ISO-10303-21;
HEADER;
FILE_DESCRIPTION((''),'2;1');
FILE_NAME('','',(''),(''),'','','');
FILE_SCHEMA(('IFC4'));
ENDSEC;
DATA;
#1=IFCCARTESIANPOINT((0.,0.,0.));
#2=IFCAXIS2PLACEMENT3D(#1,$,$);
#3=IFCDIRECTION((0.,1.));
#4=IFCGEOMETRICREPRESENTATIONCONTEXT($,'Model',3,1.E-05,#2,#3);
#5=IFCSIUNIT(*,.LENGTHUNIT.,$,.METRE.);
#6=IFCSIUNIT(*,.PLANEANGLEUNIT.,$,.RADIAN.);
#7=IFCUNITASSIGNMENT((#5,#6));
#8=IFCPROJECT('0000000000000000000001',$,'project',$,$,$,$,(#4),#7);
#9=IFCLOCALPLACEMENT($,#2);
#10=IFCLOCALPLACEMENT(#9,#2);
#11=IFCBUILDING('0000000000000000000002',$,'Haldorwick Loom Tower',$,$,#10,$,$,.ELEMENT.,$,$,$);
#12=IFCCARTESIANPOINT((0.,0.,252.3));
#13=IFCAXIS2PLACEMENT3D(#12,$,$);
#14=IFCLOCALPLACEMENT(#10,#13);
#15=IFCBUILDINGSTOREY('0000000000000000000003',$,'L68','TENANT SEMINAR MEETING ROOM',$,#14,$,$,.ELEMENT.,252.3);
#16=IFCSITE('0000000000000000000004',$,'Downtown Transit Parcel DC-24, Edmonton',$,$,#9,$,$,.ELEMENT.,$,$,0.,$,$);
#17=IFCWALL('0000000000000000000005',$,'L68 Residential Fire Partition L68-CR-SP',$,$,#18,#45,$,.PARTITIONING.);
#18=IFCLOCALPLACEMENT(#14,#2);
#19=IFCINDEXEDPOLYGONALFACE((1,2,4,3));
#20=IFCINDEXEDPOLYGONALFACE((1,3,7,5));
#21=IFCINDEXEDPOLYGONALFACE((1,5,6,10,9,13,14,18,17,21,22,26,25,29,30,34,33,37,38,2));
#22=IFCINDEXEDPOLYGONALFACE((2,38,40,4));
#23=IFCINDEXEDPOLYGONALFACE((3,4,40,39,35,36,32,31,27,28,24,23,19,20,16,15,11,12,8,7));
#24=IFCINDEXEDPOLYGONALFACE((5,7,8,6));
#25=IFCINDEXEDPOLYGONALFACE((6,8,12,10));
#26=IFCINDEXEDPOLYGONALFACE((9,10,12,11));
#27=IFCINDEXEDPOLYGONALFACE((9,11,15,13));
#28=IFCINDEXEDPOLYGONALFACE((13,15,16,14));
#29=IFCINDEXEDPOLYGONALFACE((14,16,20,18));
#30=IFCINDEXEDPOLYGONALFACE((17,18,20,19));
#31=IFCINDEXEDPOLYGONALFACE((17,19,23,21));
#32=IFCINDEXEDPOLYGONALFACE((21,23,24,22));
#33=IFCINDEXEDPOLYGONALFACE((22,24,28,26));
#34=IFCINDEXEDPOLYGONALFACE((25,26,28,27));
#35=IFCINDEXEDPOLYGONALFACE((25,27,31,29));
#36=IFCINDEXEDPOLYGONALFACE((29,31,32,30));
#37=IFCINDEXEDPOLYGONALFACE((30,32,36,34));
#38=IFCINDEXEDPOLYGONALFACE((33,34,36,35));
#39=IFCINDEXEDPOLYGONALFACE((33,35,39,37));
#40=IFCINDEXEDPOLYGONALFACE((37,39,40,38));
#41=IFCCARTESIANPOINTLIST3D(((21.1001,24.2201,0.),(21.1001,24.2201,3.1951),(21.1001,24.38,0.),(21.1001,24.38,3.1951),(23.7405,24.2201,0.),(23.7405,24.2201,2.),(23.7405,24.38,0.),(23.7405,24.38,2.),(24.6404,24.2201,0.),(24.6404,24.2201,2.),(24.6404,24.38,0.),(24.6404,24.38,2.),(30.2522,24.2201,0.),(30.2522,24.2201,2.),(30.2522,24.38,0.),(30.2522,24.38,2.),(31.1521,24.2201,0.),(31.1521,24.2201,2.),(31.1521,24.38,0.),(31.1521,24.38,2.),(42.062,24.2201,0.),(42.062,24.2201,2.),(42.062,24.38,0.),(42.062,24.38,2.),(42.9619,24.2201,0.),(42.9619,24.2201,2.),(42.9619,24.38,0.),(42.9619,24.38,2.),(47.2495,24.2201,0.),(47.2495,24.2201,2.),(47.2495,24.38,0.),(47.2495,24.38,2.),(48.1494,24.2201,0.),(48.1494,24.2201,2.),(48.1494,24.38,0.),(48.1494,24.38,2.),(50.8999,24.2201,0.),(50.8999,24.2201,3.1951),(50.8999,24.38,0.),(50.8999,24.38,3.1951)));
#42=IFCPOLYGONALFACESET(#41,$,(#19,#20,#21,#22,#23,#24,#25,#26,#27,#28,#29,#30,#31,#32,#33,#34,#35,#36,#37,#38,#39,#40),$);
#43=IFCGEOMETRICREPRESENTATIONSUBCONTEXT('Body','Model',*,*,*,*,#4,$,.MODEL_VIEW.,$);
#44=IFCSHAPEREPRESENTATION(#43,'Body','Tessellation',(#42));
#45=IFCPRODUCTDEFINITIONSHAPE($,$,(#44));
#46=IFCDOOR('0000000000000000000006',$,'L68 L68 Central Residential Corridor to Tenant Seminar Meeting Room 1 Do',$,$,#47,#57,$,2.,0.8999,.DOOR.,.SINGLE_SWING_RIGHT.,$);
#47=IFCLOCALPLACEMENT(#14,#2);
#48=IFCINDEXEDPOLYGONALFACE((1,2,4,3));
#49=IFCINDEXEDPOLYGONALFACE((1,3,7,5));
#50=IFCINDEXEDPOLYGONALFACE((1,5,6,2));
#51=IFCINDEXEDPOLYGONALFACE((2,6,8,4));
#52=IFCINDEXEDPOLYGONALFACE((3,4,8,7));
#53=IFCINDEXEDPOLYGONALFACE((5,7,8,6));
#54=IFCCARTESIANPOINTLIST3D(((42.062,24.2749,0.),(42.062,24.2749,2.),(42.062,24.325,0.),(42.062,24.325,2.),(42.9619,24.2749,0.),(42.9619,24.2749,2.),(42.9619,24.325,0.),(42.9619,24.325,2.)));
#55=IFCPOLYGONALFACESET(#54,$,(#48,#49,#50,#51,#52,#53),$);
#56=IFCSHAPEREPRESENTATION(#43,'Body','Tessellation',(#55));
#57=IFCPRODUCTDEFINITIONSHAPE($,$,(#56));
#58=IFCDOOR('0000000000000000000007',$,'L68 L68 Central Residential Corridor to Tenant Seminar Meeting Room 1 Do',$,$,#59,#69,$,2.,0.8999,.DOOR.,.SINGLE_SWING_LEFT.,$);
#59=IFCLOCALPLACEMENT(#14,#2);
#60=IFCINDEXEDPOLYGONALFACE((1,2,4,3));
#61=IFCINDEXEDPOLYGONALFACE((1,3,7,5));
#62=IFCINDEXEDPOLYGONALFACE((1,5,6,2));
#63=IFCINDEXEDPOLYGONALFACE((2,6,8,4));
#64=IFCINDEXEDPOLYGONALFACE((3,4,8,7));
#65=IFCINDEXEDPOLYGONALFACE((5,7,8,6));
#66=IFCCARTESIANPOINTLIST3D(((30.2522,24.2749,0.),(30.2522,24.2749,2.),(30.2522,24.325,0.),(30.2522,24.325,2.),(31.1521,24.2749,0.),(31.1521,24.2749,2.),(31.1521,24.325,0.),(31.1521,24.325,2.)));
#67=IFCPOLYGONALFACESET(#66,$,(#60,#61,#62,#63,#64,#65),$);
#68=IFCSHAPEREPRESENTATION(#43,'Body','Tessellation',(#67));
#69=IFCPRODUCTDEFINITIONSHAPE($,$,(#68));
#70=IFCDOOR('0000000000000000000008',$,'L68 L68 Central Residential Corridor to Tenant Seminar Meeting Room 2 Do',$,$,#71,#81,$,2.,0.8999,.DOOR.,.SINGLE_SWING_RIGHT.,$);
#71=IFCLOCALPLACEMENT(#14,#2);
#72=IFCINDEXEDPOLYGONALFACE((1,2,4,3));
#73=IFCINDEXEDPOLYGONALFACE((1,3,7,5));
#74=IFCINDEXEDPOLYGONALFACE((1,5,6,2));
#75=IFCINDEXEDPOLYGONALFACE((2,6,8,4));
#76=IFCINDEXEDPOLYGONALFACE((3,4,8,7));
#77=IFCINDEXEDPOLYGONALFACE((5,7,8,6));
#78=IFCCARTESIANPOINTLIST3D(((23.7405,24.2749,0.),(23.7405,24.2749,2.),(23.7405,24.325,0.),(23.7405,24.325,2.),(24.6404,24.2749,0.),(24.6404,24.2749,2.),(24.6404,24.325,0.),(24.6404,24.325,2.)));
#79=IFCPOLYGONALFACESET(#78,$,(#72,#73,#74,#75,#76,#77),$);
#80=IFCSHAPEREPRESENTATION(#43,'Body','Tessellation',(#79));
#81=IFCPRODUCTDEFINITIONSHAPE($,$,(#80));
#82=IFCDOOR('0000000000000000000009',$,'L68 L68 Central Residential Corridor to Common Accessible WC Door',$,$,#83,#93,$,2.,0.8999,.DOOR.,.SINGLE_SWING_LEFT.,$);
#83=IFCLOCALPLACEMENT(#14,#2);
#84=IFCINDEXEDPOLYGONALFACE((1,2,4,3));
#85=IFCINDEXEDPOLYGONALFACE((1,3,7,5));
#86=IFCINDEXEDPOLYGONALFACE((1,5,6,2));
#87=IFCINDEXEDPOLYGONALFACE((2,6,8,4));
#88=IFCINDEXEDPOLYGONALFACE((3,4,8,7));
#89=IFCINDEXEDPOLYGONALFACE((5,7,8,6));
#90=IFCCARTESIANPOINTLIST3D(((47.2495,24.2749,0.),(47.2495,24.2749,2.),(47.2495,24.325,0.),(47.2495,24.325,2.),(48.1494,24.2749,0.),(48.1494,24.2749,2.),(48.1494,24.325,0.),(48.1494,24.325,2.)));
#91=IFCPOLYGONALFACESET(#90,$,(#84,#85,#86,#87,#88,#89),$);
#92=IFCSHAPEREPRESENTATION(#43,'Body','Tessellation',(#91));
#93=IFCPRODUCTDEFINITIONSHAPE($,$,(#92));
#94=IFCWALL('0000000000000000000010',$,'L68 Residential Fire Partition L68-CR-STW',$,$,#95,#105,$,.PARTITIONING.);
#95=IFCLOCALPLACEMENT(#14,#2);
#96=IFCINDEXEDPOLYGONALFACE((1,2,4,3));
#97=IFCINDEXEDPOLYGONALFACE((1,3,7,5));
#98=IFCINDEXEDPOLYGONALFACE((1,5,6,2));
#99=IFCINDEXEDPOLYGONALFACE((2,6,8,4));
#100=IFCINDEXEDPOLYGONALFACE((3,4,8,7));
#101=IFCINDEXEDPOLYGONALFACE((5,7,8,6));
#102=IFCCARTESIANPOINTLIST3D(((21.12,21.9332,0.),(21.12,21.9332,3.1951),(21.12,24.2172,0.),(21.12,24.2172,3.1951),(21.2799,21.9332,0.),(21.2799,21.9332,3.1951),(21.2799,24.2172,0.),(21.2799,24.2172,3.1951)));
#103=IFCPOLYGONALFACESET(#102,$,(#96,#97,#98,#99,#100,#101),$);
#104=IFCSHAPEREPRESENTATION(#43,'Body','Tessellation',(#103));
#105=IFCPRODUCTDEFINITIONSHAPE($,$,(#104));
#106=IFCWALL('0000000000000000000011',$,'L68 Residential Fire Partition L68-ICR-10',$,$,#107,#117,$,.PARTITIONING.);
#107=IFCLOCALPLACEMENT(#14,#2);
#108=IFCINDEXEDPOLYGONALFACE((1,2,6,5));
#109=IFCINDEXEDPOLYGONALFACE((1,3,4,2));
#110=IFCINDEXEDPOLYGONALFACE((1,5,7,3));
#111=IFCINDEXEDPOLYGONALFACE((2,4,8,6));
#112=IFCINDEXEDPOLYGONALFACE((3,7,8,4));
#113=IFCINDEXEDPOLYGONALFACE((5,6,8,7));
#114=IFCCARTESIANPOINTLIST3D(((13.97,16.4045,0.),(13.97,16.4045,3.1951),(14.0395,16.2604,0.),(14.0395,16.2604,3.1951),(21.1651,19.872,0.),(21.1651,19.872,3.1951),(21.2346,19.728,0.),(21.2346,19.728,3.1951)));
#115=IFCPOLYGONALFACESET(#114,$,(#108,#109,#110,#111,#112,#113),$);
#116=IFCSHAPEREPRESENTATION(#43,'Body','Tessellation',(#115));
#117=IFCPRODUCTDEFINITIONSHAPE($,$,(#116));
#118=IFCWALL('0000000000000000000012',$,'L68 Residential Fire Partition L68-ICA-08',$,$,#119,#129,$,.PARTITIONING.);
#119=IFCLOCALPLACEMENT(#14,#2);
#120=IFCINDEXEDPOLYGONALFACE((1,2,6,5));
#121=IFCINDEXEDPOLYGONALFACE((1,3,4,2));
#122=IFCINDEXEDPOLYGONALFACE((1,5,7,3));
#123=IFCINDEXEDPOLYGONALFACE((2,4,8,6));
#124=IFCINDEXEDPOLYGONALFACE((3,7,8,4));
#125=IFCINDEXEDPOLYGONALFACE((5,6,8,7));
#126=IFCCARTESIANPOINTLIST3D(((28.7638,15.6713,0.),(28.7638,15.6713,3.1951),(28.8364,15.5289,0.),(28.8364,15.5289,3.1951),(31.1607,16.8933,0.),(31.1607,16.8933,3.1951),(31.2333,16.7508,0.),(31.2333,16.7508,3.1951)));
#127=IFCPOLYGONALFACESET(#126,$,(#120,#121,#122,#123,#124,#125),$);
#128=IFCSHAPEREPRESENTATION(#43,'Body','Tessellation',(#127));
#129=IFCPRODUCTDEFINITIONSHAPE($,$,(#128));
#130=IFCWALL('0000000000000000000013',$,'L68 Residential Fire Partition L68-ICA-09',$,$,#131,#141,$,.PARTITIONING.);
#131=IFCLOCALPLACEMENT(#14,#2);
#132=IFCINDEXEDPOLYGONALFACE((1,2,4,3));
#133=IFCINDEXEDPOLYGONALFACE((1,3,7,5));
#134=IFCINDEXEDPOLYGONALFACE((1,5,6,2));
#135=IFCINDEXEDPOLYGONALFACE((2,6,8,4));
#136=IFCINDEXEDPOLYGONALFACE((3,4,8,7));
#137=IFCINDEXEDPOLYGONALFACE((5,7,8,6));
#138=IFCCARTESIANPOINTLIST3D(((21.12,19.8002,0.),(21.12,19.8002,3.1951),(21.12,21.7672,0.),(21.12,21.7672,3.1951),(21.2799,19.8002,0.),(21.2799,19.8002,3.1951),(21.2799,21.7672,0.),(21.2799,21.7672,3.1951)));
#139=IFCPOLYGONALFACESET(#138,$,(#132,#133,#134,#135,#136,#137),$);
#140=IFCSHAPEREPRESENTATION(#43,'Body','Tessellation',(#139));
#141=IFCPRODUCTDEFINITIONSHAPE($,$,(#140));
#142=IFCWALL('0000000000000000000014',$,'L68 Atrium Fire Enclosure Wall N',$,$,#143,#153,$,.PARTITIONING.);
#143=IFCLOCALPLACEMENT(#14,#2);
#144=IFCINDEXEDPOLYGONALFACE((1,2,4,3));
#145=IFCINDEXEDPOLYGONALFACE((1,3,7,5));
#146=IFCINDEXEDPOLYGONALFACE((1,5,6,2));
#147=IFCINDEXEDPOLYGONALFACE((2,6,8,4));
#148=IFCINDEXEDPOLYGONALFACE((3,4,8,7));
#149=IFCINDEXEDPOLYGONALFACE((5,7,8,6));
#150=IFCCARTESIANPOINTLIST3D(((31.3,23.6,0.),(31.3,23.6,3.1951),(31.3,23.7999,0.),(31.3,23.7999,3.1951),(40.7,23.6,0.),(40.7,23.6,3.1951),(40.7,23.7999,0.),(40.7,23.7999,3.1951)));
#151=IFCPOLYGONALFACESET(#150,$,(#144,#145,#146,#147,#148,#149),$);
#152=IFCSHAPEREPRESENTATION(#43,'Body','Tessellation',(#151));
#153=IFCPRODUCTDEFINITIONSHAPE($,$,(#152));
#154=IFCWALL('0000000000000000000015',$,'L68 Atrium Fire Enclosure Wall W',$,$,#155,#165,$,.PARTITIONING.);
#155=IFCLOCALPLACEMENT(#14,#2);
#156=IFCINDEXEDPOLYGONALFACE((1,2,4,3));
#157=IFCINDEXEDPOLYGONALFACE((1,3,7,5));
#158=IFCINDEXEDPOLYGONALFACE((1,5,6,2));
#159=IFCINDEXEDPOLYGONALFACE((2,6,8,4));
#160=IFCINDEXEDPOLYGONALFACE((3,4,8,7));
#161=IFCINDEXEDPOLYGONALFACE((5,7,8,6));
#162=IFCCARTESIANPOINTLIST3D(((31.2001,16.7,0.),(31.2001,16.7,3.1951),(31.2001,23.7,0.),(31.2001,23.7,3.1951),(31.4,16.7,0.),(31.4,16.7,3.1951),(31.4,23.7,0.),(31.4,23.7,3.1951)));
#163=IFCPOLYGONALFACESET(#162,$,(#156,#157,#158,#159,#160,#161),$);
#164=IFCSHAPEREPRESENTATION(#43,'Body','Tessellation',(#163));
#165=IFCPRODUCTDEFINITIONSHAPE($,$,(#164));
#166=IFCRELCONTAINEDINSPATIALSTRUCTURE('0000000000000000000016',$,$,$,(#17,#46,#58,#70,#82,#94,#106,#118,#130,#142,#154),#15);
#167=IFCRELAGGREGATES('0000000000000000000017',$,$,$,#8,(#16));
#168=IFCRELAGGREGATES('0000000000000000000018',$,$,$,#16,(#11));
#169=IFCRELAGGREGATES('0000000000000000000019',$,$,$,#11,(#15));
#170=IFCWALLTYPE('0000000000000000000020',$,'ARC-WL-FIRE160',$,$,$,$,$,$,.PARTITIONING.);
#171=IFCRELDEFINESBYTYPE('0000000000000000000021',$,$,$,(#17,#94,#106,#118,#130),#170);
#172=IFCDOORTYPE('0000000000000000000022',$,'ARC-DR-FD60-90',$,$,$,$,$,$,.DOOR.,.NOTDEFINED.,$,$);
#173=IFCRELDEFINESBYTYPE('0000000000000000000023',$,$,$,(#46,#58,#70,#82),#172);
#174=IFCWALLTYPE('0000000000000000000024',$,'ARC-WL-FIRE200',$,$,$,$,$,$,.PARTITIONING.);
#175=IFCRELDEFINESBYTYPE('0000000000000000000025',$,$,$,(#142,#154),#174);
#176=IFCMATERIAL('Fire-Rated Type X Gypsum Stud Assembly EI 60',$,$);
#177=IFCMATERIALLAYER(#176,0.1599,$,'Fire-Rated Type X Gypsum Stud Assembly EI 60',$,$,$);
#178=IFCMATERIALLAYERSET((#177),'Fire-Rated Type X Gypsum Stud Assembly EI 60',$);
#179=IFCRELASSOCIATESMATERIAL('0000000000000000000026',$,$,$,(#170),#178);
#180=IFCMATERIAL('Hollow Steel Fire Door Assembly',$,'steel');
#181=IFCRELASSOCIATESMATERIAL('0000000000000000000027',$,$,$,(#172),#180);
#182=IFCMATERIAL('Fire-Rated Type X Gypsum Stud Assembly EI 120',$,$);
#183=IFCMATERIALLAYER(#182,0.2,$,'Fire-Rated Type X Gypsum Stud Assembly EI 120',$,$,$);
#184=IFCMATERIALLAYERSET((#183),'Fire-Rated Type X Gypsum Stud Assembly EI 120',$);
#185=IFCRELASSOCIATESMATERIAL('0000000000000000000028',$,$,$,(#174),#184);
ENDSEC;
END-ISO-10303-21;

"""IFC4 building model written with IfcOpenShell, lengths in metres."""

from ifc_helpers import new_model, si_unit, direction, frame, frame_2d, origin, place, context, subcontext, project, spatial, rectangle, extrude, material, layer, layer_set, type_object, element, fill, save


model = new_model("IFC4")

# Units and contexts
model_context = context("Model", 3, precision=1e-05, world=origin(), true_north=direction((0.0, 1.0)))
body_context = subcontext(model_context, "Body", "Model", "MODEL_VIEW")
ifc_project = project(units=[si_unit("LENGTHUNIT", "METRE"), si_unit("PLANEANGLEUNIT", "RADIAN")], contexts=[model_context])

# Site, building, storey
site_placement = place(None, origin())
site = spatial("IfcSite", under=ifc_project, at=site_placement, Name="Downtown Transit Parcel DC-24, Edmonton", CompositionType="ELEMENT", RefElevation=0.0)
building_placement = place(site_placement, origin())
building = spatial("IfcBuilding", under=site, at=building_placement, Name="Haldorwick Loom Tower", CompositionType="ELEMENT")
storey_placement = place(building_placement, frame((0.0, 0.0, 252.3)))
storey = spatial("IfcBuildingStorey", under=building, at=storey_placement, Name="L68", Description="TENANT SEMINAR MEETING ROOM", CompositionType="ELEMENT", Elevation=252.3)

# Wall, openings, doors
ifc_material_1 = material(Name="Fire-Rated Type X Gypsum Stud Assembly EI 60")
ifc_layer_1 = layer(ifc_material_1, 0.1599, Name="Fire-Rated Type X Gypsum Stud Assembly EI 60")
ifc_layer_set_1 = layer_set([ifc_layer_1], Name="Fire-Rated Type X Gypsum Stud Assembly EI 60")
wall_type_1 = type_object("IfcWallType", Name="ARC-WL-FIRE160", PredefinedType="PARTITIONING", material=ifc_layer_set_1)
wall_1_placement = place(storey_placement, frame((21.1001, 24.3, 0.0), z_axis=(0.0, 0.0, 1.0), x_axis=(1.0, 0.0, 0.0)))
wall_1 = element("IfcWall", 1, at=wall_1_placement, inside=storey, type_object=wall_type_1, Name="L68 Residential Fire Partition L68-CR-SP", PredefinedType="PARTITIONING", context=body_context, shape_type="SweptSolid", body=[
    extrude(rectangle(XDim=29.7998, YDim=0.1599, at=frame_2d((14.8999, 0.0))), origin(), (0.0, 0.0, 1.0), 3.1951),
])
opening_1_placement = place(wall_1_placement, frame((20.9619, 0.0, 0.0)))
opening_1 = element("IfcOpeningElement", 2, at=opening_1_placement, cuts=wall_1, PredefinedType="OPENING", context=body_context, shape_type="SweptSolid", body=[
    extrude(rectangle(XDim=0.8999, YDim=2.0, at=frame_2d((0.45, 1.0))), frame((0.0, 0.0898, 0.0), z_axis=(0.0, -1.0, 0.0), x_axis=(1.0, 0.0, 0.0)), (0.0, 0.0, 1.0), 0.1799),
])
opening_2_placement = place(wall_1_placement, frame((9.1521, 0.0, 0.0)))
opening_2 = element("IfcOpeningElement", 3, at=opening_2_placement, cuts=wall_1, PredefinedType="OPENING", context=body_context, shape_type="SweptSolid", body=[
    extrude(rectangle(XDim=0.8999, YDim=2.0, at=frame_2d((0.45, 1.0))), frame((0.0, 0.0898, 0.0), z_axis=(0.0, -1.0, 0.0), x_axis=(1.0, 0.0, 0.0)), (0.0, 0.0, 1.0), 0.1799),
])
opening_3_placement = place(wall_1_placement, frame((2.6404, 0.0, 0.0)))
opening_3 = element("IfcOpeningElement", 4, at=opening_3_placement, cuts=wall_1, PredefinedType="OPENING", context=body_context, shape_type="SweptSolid", body=[
    extrude(rectangle(XDim=0.8999, YDim=2.0, at=frame_2d((0.45, 1.0))), frame((0.0, 0.0898, 0.0), z_axis=(0.0, -1.0, 0.0), x_axis=(1.0, 0.0, 0.0)), (0.0, 0.0, 1.0), 0.1799),
])
opening_4_placement = place(wall_1_placement, frame((26.1494, 0.0, 0.0)))
opening_4 = element("IfcOpeningElement", 5, at=opening_4_placement, cuts=wall_1, PredefinedType="OPENING", context=body_context, shape_type="SweptSolid", body=[
    extrude(rectangle(XDim=0.8999, YDim=2.0, at=frame_2d((0.45, 1.0))), frame((0.0, 0.0898, 0.0), z_axis=(0.0, -1.0, 0.0), x_axis=(1.0, 0.0, 0.0)), (0.0, 0.0, 1.0), 0.1799),
])
ifc_material_2 = material(Name="Hollow Steel Fire Door Assembly", Category="steel")
door_type_1 = type_object("IfcDoorType", Name="ARC-DR-FD60-90", OperationType="NOTDEFINED", PredefinedType="DOOR", material=ifc_material_2)
door_1_placement = place(opening_1_placement, origin())
door_1 = element("IfcDoor", 6, at=door_1_placement, inside=storey, type_object=door_type_1, Name="L68 L68 Central Residential Corridor to Tenant Seminar Meeting Room 1 Do", OperationType="SINGLE_SWING_RIGHT", OverallHeight=2.0, OverallWidth=0.8999, PredefinedType="DOOR", context=body_context, shape_type="SweptSolid", body=[
    extrude(rectangle(XDim=0.8999, YDim=2.0, at=frame_2d((0.45, 1.0))), frame((0.0, 0.0249, 0.0), z_axis=(0.0, -1.0, 0.0), x_axis=(1.0, 0.0, 0.0)), (0.0, 0.0, 1.0), 0.05),
])
fill(opening_1, door_1)
door_2_placement = place(opening_2_placement, origin())
door_2 = element("IfcDoor", 7, at=door_2_placement, inside=storey, type_object=door_type_1, Name="L68 L68 Central Residential Corridor to Tenant Seminar Meeting Room 1 Do", OperationType="SINGLE_SWING_LEFT", OverallHeight=2.0, OverallWidth=0.8999, PredefinedType="DOOR", context=body_context, shape_type="SweptSolid", body=[
    extrude(rectangle(XDim=0.8999, YDim=2.0, at=frame_2d((0.45, 1.0))), frame((0.0, 0.0249, 0.0), z_axis=(0.0, -1.0, 0.0), x_axis=(1.0, 0.0, 0.0)), (0.0, 0.0, 1.0), 0.05),
])
fill(opening_2, door_2)
door_3_placement = place(opening_3_placement, origin())
door_3 = element("IfcDoor", 8, at=door_3_placement, inside=storey, type_object=door_type_1, Name="L68 L68 Central Residential Corridor to Tenant Seminar Meeting Room 2 Do", OperationType="SINGLE_SWING_RIGHT", OverallHeight=2.0, OverallWidth=0.8999, PredefinedType="DOOR", context=body_context, shape_type="SweptSolid", body=[
    extrude(rectangle(XDim=0.8999, YDim=2.0, at=frame_2d((0.45, 1.0))), frame((0.0, 0.0249, 0.0), z_axis=(0.0, -1.0, 0.0), x_axis=(1.0, 0.0, 0.0)), (0.0, 0.0, 1.0), 0.05),
])
fill(opening_3, door_3)
door_4_placement = place(opening_4_placement, origin())
door_4 = element("IfcDoor", 9, at=door_4_placement, inside=storey, type_object=door_type_1, Name="L68 L68 Central Residential Corridor to Common Accessible WC Door", OperationType="SINGLE_SWING_LEFT", OverallHeight=2.0, OverallWidth=0.8999, PredefinedType="DOOR", context=body_context, shape_type="SweptSolid", body=[
    extrude(rectangle(XDim=0.8999, YDim=2.0, at=frame_2d((0.45, 1.0))), frame((0.0, 0.0249, 0.0), z_axis=(0.0, -1.0, 0.0), x_axis=(1.0, 0.0, 0.0)), (0.0, 0.0, 1.0), 0.05),
])
fill(opening_4, door_4)

# Walls
wall_2_placement = place(storey_placement, frame((21.2, 21.9331, 0.0), z_axis=(0.0, 0.0, 1.0), x_axis=(0.0, 1.0, 0.0)))
element("IfcWall", 10, at=wall_2_placement, inside=storey, type_object=wall_type_1, Name="L68 Residential Fire Partition L68-CR-STW", PredefinedType="PARTITIONING", context=body_context, shape_type="SweptSolid", body=[
    extrude(rectangle(XDim=2.2839, YDim=0.1599, at=frame_2d((1.1421, 0.0))), origin(), (0.0, 0.0, 1.0), 3.1951),
])
wall_3_placement = place(storey_placement, frame((21.2, 19.8, 0.0), z_axis=(0.0, 0.0, 1.0), x_axis=(-0.900843, -0.434145, 0.0)))
element("IfcWall", 11, at=wall_3_placement, inside=storey, type_object=wall_type_1, Name="L68 Residential Fire Partition L68-ICR-10", PredefinedType="PARTITIONING", context=body_context, shape_type="SweptSolid", body=[
    extrude(rectangle(XDim=7.9871, YDim=0.1599, at=frame_2d((3.9937, 0.0))), origin(), (0.0, 0.0, 1.0), 3.1951),
])
wall_4_placement = place(storey_placement, frame((31.197, 16.822, 0.0), z_axis=(0.0, 0.0, 1.0), x_axis=(-0.890916, -0.454169, 0.0)))
element("IfcWall", 12, at=wall_4_placement, inside=storey, type_object=wall_type_1, Name="L68 Residential Fire Partition L68-ICA-08", PredefinedType="PARTITIONING", context=body_context, shape_type="SweptSolid", body=[
    extrude(rectangle(XDim=2.6904, YDim=0.1599, at=frame_2d((1.3452, 0.0))), origin(), (0.0, 0.0, 1.0), 3.1951),
])
wall_5_placement = place(storey_placement, frame((21.2, 21.7671, 0.0), z_axis=(0.0, 0.0, 1.0), x_axis=(0.0, -1.0, 0.0)))
element("IfcWall", 13, at=wall_5_placement, inside=storey, type_object=wall_type_1, Name="L68 Residential Fire Partition L68-ICA-09", PredefinedType="PARTITIONING", context=body_context, shape_type="SweptSolid", body=[
    extrude(rectangle(XDim=1.967, YDim=0.1599, at=frame_2d((0.9834, 0.0))), origin(), (0.0, 0.0, 1.0), 3.1951),
])
ifc_material_3 = material(Name="Fire-Rated Type X Gypsum Stud Assembly EI 120")
ifc_layer_2 = layer(ifc_material_3, 0.2, Name="Fire-Rated Type X Gypsum Stud Assembly EI 120")
ifc_layer_set_2 = layer_set([ifc_layer_2], Name="Fire-Rated Type X Gypsum Stud Assembly EI 120")
wall_type_2 = type_object("IfcWallType", Name="ARC-WL-FIRE200", PredefinedType="PARTITIONING", material=ifc_layer_set_2)
wall_6_placement = place(storey_placement, frame((31.3, 23.7, 0.0), z_axis=(0.0, 0.0, 1.0), x_axis=(1.0, 0.0, 0.0)))
element("IfcWall", 14, at=wall_6_placement, inside=storey, type_object=wall_type_2, Name="L68 Atrium Fire Enclosure Wall N", PredefinedType="PARTITIONING", context=body_context, shape_type="SweptSolid", body=[
    extrude(rectangle(XDim=9.3999, YDim=0.2, at=frame_2d((4.7, 0.0))), origin(), (0.0, 0.0, 1.0), 3.1951),
])
wall_7_placement = place(storey_placement, frame((31.3, 16.7, 0.0), z_axis=(0.0, 0.0, 1.0), x_axis=(0.0, 1.0, 0.0)))
element("IfcWall", 15, at=wall_7_placement, inside=storey, type_object=wall_type_2, Name="L68 Atrium Fire Enclosure Wall W", PredefinedType="PARTITIONING", context=body_context, shape_type="SweptSolid", body=[
    extrude(rectangle(XDim=7.0, YDim=0.2, at=frame_2d((3.5, 0.0))), origin(), (0.0, 0.0, 1.0), 3.1951),
])

save(model, "model.ifc")
